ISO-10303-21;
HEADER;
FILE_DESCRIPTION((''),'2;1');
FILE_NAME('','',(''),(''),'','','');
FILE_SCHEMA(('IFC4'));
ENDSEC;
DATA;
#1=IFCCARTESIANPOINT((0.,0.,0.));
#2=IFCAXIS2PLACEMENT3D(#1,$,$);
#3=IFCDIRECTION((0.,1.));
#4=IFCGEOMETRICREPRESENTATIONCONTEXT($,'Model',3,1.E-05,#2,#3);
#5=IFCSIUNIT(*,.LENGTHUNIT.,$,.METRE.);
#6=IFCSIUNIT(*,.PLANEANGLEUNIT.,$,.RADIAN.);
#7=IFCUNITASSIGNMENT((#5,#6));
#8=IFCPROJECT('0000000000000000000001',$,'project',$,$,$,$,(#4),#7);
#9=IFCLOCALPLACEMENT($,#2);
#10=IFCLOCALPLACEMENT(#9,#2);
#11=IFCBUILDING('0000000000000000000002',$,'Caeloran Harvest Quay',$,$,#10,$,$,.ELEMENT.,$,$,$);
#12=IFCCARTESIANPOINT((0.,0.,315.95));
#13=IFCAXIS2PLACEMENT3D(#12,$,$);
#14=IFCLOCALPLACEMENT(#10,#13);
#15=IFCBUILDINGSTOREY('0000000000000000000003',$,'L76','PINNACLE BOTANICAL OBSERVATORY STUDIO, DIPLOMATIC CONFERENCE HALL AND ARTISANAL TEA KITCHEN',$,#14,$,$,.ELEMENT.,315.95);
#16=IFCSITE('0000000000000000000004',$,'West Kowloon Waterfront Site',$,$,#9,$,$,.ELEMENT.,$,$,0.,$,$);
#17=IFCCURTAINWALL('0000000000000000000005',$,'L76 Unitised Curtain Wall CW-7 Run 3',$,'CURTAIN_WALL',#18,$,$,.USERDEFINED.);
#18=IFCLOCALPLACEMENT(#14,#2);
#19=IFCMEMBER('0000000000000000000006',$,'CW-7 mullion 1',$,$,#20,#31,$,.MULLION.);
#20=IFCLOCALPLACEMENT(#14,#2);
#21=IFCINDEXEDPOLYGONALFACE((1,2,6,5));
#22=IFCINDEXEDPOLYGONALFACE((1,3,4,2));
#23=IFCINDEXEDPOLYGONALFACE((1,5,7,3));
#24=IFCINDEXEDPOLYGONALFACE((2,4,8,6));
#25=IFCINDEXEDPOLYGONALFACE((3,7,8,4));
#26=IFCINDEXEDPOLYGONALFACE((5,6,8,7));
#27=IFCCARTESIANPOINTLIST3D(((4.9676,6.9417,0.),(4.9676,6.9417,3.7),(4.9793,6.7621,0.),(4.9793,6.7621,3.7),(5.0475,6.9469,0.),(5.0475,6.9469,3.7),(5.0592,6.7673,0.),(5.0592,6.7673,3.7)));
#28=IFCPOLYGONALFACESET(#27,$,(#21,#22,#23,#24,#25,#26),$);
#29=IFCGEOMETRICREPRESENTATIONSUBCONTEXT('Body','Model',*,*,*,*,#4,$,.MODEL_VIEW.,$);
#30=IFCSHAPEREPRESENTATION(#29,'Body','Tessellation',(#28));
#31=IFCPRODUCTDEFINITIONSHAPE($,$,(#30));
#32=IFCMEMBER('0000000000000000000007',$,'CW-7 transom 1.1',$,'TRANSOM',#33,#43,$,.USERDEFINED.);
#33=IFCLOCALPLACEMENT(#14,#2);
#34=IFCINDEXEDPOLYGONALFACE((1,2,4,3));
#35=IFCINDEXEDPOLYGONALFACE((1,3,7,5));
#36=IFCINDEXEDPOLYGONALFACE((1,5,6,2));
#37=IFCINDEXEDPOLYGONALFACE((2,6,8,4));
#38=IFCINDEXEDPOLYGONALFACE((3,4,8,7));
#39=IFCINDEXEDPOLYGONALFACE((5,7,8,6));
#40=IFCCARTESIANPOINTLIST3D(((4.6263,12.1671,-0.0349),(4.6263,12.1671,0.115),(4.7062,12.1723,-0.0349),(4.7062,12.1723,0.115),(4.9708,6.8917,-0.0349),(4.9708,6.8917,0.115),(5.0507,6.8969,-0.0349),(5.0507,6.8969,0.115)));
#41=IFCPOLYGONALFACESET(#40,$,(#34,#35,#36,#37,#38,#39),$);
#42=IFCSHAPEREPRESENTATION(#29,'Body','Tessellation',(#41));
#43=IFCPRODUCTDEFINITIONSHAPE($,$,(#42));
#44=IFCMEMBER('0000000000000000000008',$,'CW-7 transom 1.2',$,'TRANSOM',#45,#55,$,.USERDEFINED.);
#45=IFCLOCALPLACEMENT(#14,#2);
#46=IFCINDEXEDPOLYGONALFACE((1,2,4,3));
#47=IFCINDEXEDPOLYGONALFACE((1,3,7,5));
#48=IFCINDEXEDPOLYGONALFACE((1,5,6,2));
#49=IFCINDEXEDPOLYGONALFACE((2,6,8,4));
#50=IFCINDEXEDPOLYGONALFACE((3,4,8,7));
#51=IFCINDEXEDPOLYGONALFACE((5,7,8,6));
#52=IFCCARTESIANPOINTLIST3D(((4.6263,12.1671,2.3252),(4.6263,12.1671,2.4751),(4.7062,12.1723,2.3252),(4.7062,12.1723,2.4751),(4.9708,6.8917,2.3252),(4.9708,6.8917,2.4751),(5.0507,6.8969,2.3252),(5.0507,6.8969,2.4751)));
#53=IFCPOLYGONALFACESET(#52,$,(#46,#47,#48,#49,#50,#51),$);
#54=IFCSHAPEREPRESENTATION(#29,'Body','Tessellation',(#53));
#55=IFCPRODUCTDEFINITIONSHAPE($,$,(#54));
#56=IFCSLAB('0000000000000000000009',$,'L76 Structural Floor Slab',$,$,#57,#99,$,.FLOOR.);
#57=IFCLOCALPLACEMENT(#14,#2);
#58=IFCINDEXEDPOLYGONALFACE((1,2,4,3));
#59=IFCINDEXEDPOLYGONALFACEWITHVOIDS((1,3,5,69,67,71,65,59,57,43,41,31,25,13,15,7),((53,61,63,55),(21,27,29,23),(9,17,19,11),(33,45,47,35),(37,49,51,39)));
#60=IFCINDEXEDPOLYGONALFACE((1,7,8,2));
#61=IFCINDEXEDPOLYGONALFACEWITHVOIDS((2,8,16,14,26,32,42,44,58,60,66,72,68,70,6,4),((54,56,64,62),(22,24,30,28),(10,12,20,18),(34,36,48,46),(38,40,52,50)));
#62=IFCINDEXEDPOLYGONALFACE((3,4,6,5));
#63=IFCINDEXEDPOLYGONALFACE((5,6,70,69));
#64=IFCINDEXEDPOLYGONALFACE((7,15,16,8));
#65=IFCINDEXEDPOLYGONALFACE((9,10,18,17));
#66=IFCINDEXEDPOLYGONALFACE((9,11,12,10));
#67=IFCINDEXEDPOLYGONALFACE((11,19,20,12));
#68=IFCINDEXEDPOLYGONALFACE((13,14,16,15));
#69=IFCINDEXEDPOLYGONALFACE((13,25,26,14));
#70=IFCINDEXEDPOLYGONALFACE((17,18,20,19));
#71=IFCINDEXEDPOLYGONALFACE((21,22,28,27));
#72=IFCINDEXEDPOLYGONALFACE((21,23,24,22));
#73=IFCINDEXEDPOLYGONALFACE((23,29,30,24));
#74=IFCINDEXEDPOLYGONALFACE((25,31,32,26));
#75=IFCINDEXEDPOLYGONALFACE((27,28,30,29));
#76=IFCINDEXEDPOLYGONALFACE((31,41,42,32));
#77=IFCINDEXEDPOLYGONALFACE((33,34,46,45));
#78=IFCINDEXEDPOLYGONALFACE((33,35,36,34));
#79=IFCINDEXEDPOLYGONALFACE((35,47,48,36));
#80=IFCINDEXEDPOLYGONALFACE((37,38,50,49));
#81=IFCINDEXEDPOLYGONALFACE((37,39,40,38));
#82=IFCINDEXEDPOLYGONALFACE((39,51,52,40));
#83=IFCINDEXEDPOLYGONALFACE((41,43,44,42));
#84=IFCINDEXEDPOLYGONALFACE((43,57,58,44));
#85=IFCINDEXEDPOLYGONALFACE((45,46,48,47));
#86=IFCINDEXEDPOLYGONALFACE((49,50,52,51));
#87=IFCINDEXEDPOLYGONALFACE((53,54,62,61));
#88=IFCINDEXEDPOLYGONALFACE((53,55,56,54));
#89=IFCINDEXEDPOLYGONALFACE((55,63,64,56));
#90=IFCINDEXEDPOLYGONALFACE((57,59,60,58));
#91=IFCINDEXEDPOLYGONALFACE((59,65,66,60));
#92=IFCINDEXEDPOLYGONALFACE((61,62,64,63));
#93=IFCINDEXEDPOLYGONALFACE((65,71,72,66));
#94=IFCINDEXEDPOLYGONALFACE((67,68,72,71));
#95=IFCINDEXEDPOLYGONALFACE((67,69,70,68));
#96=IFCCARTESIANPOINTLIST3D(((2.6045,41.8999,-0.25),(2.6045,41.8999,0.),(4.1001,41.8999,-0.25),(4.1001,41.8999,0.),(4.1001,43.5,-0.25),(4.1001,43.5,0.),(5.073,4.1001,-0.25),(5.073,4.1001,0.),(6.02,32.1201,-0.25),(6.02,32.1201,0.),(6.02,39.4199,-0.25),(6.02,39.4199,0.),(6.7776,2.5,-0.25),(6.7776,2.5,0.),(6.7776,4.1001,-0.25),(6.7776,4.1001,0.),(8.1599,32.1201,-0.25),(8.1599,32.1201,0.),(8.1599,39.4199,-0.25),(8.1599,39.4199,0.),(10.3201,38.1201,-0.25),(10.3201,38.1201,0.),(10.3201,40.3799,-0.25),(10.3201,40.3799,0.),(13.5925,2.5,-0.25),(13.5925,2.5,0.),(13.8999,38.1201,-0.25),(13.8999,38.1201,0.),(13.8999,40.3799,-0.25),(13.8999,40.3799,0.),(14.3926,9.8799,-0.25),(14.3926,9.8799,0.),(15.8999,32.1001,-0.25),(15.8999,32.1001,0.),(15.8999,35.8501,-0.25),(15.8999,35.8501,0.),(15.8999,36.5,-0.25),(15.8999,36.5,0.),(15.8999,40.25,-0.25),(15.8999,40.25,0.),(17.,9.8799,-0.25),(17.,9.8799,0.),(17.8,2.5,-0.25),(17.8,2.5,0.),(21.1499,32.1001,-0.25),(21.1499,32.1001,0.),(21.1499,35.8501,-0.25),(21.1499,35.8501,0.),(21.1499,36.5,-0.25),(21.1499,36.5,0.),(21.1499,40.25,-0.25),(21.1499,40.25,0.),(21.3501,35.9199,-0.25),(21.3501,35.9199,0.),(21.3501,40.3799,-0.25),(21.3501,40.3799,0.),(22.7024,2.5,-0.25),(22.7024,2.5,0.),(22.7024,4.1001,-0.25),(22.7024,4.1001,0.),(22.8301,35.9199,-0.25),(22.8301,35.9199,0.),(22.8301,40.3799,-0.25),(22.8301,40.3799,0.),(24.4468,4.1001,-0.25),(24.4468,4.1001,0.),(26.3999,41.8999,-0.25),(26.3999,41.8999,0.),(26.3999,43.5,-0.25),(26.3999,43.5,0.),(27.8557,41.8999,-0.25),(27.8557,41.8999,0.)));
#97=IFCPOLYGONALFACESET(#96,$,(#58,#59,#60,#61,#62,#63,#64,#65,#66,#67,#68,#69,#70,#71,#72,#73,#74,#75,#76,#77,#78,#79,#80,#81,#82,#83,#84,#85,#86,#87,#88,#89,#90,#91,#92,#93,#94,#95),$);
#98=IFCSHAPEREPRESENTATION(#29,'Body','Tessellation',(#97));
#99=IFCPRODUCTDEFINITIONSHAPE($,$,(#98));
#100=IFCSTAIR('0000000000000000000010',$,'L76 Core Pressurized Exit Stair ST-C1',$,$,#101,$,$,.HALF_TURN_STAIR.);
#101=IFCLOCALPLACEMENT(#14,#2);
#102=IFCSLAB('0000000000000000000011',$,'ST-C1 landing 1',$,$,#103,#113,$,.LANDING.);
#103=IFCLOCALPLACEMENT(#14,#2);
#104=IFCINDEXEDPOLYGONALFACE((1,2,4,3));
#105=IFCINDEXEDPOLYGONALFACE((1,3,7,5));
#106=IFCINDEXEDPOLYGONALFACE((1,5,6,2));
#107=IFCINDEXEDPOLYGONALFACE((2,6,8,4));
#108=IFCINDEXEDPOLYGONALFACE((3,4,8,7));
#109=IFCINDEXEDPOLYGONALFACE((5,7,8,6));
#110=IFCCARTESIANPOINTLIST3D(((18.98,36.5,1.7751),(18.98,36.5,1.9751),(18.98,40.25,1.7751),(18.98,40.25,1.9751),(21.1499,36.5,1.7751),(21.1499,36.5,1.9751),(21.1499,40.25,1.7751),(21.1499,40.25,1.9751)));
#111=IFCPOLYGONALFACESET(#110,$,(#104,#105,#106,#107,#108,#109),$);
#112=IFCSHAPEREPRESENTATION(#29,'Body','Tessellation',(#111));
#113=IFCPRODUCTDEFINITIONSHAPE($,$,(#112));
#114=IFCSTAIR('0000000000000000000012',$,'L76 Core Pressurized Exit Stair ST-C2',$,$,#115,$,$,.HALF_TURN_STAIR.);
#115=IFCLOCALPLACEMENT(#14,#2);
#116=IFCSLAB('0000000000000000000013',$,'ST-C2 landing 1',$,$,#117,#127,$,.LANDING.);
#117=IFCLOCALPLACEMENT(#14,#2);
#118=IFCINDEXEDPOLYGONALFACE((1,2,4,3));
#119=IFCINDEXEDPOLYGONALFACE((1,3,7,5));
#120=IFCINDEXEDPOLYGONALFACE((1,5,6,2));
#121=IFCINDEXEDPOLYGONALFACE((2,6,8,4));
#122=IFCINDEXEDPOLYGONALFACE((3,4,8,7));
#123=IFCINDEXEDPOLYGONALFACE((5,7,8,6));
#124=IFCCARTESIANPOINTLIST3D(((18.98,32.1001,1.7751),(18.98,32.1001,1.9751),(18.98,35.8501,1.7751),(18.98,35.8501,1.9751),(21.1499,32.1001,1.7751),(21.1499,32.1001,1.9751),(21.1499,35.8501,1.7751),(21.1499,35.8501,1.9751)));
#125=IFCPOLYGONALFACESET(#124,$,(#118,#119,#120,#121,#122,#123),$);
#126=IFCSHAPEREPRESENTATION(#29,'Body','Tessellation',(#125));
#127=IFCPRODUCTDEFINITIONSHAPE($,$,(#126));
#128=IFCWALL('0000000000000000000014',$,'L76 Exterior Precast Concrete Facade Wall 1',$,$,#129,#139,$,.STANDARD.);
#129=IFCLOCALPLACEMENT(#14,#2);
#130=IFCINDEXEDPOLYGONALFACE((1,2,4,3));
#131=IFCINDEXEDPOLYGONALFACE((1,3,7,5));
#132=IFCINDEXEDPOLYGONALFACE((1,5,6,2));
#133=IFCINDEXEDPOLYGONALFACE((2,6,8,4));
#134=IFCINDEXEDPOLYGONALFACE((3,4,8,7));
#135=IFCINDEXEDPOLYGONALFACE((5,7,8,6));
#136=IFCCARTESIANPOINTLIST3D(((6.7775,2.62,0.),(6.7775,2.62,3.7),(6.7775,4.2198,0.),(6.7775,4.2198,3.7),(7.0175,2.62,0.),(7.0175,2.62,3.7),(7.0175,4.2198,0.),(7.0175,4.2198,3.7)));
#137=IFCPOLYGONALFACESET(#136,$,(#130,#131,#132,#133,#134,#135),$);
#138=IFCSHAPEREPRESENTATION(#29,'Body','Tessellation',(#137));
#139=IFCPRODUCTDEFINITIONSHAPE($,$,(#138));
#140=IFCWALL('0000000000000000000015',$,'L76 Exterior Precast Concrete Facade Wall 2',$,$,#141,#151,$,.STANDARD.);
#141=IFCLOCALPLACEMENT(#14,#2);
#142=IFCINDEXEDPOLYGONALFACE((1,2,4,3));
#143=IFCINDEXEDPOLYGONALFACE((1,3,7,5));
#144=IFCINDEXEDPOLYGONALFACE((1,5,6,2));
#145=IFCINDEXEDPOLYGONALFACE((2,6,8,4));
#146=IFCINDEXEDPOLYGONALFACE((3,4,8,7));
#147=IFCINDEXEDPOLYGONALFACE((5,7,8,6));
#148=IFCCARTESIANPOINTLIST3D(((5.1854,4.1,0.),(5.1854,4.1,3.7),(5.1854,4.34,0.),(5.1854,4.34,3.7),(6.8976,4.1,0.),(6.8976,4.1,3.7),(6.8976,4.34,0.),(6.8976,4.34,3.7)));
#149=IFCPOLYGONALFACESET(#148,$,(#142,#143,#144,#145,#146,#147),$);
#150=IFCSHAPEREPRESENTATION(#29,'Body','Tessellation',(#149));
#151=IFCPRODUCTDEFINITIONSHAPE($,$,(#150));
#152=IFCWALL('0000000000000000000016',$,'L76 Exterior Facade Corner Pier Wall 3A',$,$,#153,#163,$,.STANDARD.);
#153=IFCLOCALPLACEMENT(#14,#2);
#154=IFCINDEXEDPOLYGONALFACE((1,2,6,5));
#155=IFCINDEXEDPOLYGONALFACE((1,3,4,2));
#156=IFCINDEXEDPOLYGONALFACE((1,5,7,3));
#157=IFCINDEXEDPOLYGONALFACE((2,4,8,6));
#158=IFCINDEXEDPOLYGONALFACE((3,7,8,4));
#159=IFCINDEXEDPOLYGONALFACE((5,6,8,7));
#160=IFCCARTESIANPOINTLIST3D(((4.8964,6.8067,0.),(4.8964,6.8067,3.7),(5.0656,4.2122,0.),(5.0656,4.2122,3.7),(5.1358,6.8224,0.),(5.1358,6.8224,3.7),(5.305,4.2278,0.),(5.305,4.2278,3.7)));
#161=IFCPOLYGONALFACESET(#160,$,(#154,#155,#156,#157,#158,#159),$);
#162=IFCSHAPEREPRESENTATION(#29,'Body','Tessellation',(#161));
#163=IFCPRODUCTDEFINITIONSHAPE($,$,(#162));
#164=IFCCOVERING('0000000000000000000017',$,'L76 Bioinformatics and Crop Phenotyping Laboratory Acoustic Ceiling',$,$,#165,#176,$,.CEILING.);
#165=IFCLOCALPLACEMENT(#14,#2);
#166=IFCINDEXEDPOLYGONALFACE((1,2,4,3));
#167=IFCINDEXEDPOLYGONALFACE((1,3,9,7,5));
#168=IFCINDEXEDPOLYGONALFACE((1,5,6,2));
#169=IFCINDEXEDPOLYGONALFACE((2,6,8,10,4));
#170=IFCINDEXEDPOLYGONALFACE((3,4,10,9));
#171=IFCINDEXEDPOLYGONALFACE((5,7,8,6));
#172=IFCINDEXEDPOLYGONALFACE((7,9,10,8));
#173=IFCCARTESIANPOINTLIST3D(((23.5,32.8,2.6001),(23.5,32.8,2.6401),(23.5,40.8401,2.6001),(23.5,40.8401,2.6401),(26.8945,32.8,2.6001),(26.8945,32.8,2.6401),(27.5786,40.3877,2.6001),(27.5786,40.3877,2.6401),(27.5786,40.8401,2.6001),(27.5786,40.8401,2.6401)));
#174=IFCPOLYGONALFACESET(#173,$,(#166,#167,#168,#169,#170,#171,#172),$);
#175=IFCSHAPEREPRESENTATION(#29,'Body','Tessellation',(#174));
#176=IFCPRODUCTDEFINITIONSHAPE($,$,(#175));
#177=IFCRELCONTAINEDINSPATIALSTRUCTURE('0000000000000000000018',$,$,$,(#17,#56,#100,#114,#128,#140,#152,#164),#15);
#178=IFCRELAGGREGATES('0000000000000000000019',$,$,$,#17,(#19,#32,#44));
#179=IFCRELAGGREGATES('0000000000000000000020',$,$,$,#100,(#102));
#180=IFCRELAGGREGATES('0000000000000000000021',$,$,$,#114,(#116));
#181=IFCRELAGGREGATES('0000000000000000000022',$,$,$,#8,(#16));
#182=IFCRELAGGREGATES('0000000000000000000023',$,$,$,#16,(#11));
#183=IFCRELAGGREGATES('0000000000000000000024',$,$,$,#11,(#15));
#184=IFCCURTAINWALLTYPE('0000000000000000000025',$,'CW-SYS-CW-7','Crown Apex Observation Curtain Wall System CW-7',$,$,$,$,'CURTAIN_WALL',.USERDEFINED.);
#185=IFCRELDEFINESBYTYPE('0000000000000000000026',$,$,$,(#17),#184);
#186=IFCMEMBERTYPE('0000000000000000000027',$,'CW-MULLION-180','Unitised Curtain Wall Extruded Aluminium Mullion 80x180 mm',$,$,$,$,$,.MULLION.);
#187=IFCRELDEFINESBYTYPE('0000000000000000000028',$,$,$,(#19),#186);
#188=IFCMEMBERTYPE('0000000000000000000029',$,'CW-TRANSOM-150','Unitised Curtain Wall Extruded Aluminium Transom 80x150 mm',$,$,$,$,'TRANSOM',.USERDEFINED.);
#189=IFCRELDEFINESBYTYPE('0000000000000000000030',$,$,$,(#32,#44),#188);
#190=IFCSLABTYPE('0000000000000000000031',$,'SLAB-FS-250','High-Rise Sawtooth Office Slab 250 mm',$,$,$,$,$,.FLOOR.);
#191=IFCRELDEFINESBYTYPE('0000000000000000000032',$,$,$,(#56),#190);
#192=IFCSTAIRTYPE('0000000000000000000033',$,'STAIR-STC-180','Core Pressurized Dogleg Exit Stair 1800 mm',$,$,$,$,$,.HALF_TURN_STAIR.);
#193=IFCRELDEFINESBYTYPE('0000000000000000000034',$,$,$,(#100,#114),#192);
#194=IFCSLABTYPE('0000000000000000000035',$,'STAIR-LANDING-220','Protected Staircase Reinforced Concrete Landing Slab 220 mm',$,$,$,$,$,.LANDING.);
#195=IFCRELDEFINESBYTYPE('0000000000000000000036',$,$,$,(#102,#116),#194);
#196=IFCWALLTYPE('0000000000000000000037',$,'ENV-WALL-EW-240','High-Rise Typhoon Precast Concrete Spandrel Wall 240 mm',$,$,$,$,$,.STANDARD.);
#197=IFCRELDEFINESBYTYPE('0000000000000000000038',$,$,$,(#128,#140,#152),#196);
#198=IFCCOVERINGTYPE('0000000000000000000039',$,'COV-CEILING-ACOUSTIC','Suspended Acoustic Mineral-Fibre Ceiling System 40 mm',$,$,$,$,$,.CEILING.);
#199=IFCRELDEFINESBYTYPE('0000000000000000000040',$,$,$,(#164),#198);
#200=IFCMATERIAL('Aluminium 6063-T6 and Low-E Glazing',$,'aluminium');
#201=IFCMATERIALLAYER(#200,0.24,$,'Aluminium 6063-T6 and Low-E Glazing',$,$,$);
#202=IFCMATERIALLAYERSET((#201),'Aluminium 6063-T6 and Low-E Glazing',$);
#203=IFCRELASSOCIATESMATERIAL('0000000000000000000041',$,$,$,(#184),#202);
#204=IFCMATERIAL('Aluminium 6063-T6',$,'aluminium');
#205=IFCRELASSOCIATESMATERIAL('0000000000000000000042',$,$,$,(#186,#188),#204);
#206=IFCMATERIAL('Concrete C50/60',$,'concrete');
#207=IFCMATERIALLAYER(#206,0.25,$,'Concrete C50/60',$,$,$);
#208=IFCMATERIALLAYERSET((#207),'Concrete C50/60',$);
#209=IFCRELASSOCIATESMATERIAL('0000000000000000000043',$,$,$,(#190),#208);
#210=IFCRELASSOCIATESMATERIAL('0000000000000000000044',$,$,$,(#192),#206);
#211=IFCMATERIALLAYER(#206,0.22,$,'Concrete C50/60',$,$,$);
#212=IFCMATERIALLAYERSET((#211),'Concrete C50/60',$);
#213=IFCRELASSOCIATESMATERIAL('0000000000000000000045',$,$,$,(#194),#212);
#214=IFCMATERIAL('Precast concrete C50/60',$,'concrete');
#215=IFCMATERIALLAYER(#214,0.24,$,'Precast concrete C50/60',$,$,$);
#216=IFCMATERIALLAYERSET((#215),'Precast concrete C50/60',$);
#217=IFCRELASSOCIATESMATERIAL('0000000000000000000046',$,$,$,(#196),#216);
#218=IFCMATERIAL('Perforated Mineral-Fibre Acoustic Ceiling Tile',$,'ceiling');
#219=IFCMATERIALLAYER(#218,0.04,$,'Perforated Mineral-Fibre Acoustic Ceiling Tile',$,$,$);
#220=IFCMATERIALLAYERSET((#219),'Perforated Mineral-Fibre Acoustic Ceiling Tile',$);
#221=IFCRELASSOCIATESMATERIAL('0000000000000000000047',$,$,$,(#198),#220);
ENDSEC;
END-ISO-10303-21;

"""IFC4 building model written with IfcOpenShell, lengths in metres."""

from ifc_helpers import new_model, si_unit, direction, frame, frame_2d, origin, origin_2d, place, context, subcontext, project, spatial, polyline, rectangle, outline, extrude, material, layer, layer_set, material_profile, profile_set, type_object, element, aggregate, save


model = new_model("IFC4")

# Units and contexts
model_context = context("Model", 3, precision=1e-05, world=origin(), true_north=direction((0.0, 1.0)))
body_context = subcontext(model_context, "Body", "Model", "MODEL_VIEW")
ifc_project = project(units=[si_unit("LENGTHUNIT", "METRE"), si_unit("PLANEANGLEUNIT", "RADIAN")], contexts=[model_context])

# Site, building, storey
site_placement = place(None, origin())
site = spatial("IfcSite", under=ifc_project, at=site_placement, Name="West Kowloon Waterfront Site", CompositionType="ELEMENT", RefElevation=0.0)
building_placement = place(site_placement, origin())
building = spatial("IfcBuilding", under=site, at=building_placement, Name="Caeloran Harvest Quay", CompositionType="ELEMENT")
storey_placement = place(building_placement, frame((0.0, 0.0, 315.95)))
storey = spatial("IfcBuildingStorey", under=building, at=storey_placement, Name="L76", Description="PINNACLE BOTANICAL OBSERVATORY STUDIO, DIPLOMATIC CONFERENCE HALL AND ARTISANAL TEA KITCHEN", CompositionType="ELEMENT", Elevation=315.95)

# Curtain wall, members
ifc_material_1 = material(Name="Aluminium 6063-T6 and Low-E Glazing", Category="aluminium")
ifc_layer_1 = layer(ifc_material_1, 0.24, Name="Aluminium 6063-T6 and Low-E Glazing")
ifc_layer_set_1 = layer_set([ifc_layer_1], Name="Aluminium 6063-T6 and Low-E Glazing")
curtain_wall_type = type_object("IfcCurtainWallType", Name="CW-SYS-CW-7", Description="Crown Apex Observation Curtain Wall System CW-7", ElementType="CURTAIN_WALL", PredefinedType="USERDEFINED", material=ifc_layer_set_1)
curtain_wall_placement = place(storey_placement, origin())
curtain_wall = element("IfcCurtainWall", 1, at=curtain_wall_placement, inside=storey, type_object=curtain_wall_type, Name="L76 Unitised Curtain Wall CW-7 Run 3", ObjectType="CURTAIN_WALL", PredefinedType="USERDEFINED")
ifc_material_2 = material(Name="Aluminium 6063-T6", Category="aluminium")
ifc_material_profile_1 = material_profile(ifc_material_2, rectangle(XDim=0.0801, YDim=0.1799, at=origin_2d()), Name="CW-MULLION-180")
ifc_profile_set_1 = profile_set([ifc_material_profile_1], Name="Aluminium 6063-T6")
member_type_1 = type_object("IfcMemberType", Name="CW-MULLION-180", Description="Unitised Curtain Wall Extruded Aluminium Mullion 80x180 mm", PredefinedType="MULLION", material=ifc_profile_set_1)
member_1_placement = place(storey_placement, frame((5.0134, 6.8545, 0.0), z_axis=(0.0, 0.0, 1.0), x_axis=(-0.997874, -0.065167, 0.0)))
member_1 = element("IfcMember", 2, at=member_1_placement, type_object=member_type_1, Name="CW-7 mullion 1", PredefinedType="MULLION", context=body_context, shape_type="SweptSolid", body=[
    extrude(rectangle(XDim=0.0801, YDim=0.1799, at=origin_2d()), origin(), (0.0, 0.0, 1.0), 3.7),
])
ifc_material_profile_2 = material_profile(ifc_material_2, rectangle(XDim=0.0801, YDim=0.1499, at=origin_2d()), Name="CW-TRANSOM-150")
ifc_profile_set_2 = profile_set([ifc_material_profile_2], Name="Aluminium 6063-T6")
member_type_2 = type_object("IfcMemberType", Name="CW-TRANSOM-150", Description="Unitised Curtain Wall Extruded Aluminium Transom 80x150 mm", ElementType="TRANSOM", PredefinedType="USERDEFINED", material=ifc_profile_set_2)
member_2_placement = place(storey_placement, frame((5.0107, 6.8943, 0.04), z_axis=(-0.065161, 0.997875, 0.0), x_axis=(-0.997875, -0.065161, 0.0)))
member_2 = element("IfcMember", 3, at=member_2_placement, type_object=member_type_2, Name="CW-7 transom 1.1", ObjectType="TRANSOM", PredefinedType="USERDEFINED", context=body_context, shape_type="SweptSolid", body=[
    extrude(rectangle(XDim=0.0801, YDim=0.1499, at=origin_2d()), origin(), (0.0, 0.0, 1.0), 5.2866),
])
member_3_placement = place(storey_placement, frame((5.0107, 6.8943, 2.4001), z_axis=(-0.065161, 0.997875, 0.0), x_axis=(-0.997875, -0.065161, 0.0)))
member_3 = element("IfcMember", 4, at=member_3_placement, type_object=member_type_2, Name="CW-7 transom 1.2", ObjectType="TRANSOM", PredefinedType="USERDEFINED", context=body_context, shape_type="SweptSolid", body=[
    extrude(rectangle(XDim=0.0801, YDim=0.1499, at=origin_2d()), origin(), (0.0, 0.0, 1.0), 5.2866),
])
aggregate(curtain_wall, [member_1, member_2, member_3])

# Slab
ifc_material_3 = material(Name="Concrete C50/60", Category="concrete")
ifc_layer_2 = layer(ifc_material_3, 0.25, Name="Concrete C50/60")
ifc_layer_set_2 = layer_set([ifc_layer_2], Name="Concrete C50/60")
slab_type_1 = type_object("IfcSlabType", Name="SLAB-FS-250", Description="High-Rise Sawtooth Office Slab 250 mm", PredefinedType="FLOOR", material=ifc_layer_set_2)
slab_1_placement = place(storey_placement, frame((0.0, 0.0, -0.25)))
element("IfcSlab", 5, at=slab_1_placement, inside=storey, type_object=slab_type_1, Name="L76 Structural Floor Slab", PredefinedType="FLOOR", context=body_context, shape_type="SweptSolid", body=[
    extrude(outline(polyline([(6.7776, 2.5), (13.5925, 2.5), (14.3926, 9.8799), (17.0, 9.8799), (17.8, 2.5), (22.7024, 2.5), (22.7024, 4.1001), (24.4468, 4.1001), (27.8557, 41.8999), (26.3999, 41.8999), (26.3999, 43.5), (4.1001, 43.5), (4.1001, 41.8999), (2.6045, 41.8999), (5.073, 4.1001), (6.7776, 4.1001), (6.7776, 2.5)]), holes=[polyline([(21.1499, 32.1001), (15.8999, 32.1001), (15.8999, 35.8501), (21.1499, 35.8501), (21.1499, 32.1001)]), polyline([(8.1599, 39.4199), (8.1599, 32.1201), (6.02, 32.1201), (6.02, 39.4199), (8.1599, 39.4199)]), polyline([(22.8301, 40.3799), (22.8301, 35.9199), (21.3501, 35.9199), (21.3501, 40.3799), (22.8301, 40.3799)]), polyline([(15.8999, 36.5), (15.8999, 40.25), (21.1499, 40.25), (21.1499, 36.5), (15.8999, 36.5)]), polyline([(13.8999, 38.1201), (10.3201, 38.1201), (10.3201, 40.3799), (13.8999, 40.3799), (13.8999, 38.1201)])]), origin(), (0.0, 0.0, 1.0), 0.25),
])

# Stairs, slabs
stair_type = type_object("IfcStairType", Name="STAIR-STC-180", Description="Core Pressurized Dogleg Exit Stair 1800 mm", PredefinedType="HALF_TURN_STAIR", material=ifc_material_3)
stair_1_placement = place(storey_placement, origin())
stair_1 = element("IfcStair", 6, at=stair_1_placement, inside=storey, type_object=stair_type, Name="L76 Core Pressurized Exit Stair ST-C1", PredefinedType="HALF_TURN_STAIR")
ifc_layer_3 = layer(ifc_material_3, 0.22, Name="Concrete C50/60")
ifc_layer_set_3 = layer_set([ifc_layer_3], Name="Concrete C50/60")
slab_type_2 = type_object("IfcSlabType", Name="STAIR-LANDING-220", Description="Protected Staircase Reinforced Concrete Landing Slab 220 mm", PredefinedType="LANDING", material=ifc_layer_set_3)
slab_2_placement = place(storey_placement, frame((0.0, 0.0, 1.7751)))
slab_2 = element("IfcSlab", 7, at=slab_2_placement, type_object=slab_type_2, Name="ST-C1 landing 1", PredefinedType="LANDING", context=body_context, shape_type="SweptSolid", body=[
    extrude(outline(polyline([(18.98, 36.5), (21.1499, 36.5), (21.1499, 40.25), (18.98, 40.25), (18.98, 36.5)])), origin(), (0.0, 0.0, 1.0), 0.2),
])
aggregate(stair_1, [slab_2])
stair_2_placement = place(storey_placement, origin())
stair_2 = element("IfcStair", 8, at=stair_2_placement, inside=storey, type_object=stair_type, Name="L76 Core Pressurized Exit Stair ST-C2", PredefinedType="HALF_TURN_STAIR")
slab_3_placement = place(storey_placement, frame((0.0, 0.0, 1.7751)))
slab_3 = element("IfcSlab", 9, at=slab_3_placement, type_object=slab_type_2, Name="ST-C2 landing 1", PredefinedType="LANDING", context=body_context, shape_type="SweptSolid", body=[
    extrude(outline(polyline([(18.98, 32.1001), (21.1499, 32.1001), (21.1499, 35.8501), (18.98, 35.8501), (18.98, 32.1001)])), origin(), (0.0, 0.0, 1.0), 0.2),
])
aggregate(stair_2, [slab_3])

# Walls
ifc_material_4 = material(Name="Precast concrete C50/60", Category="concrete")
ifc_layer_4 = layer(ifc_material_4, 0.24, Name="Precast concrete C50/60")
ifc_layer_set_4 = layer_set([ifc_layer_4], Name="Precast concrete C50/60")
wall_type = type_object("IfcWallType", Name="ENV-WALL-EW-240", Description="High-Rise Typhoon Precast Concrete Spandrel Wall 240 mm", PredefinedType="STANDARD", material=ifc_layer_set_4)
wall_1_placement = place(storey_placement, frame((6.8975, 2.6201, 0.0), z_axis=(0.0, 0.0, 1.0), x_axis=(0.0, 1.0, 0.0)))
element("IfcWall", 10, at=wall_1_placement, inside=storey, type_object=wall_type, Name="L76 Exterior Precast Concrete Facade Wall 1", PredefinedType="STANDARD", context=body_context, shape_type="SweptSolid", body=[
    extrude(rectangle(XDim=1.5999, YDim=0.24, at=frame_2d((0.7998, 0.0))), origin(), (0.0, 0.0, 1.0), 3.7),
])
wall_2_placement = place(storey_placement, frame((6.8975, 4.22, 0.0), z_axis=(0.0, 0.0, 1.0), x_axis=(-1.0, 0.0, 0.0)))
element("IfcWall", 11, at=wall_2_placement, inside=storey, type_object=wall_type, Name="L76 Exterior Precast Concrete Facade Wall 2", PredefinedType="STANDARD", context=body_context, shape_type="SweptSolid", body=[
    extrude(rectangle(XDim=1.7122, YDim=0.24, at=frame_2d((0.856, 0.0))), origin(), (0.0, 0.0, 1.0), 3.7),
])
wall_3_placement = place(storey_placement, frame((5.1853, 4.22, 0.0), z_axis=(0.0, 0.0, 1.0), x_axis=(-0.065073, 0.997881, 0.0)))
element("IfcWall", 12, at=wall_3_placement, inside=storey, type_object=wall_type, Name="L76 Exterior Facade Corner Pier Wall 3A", PredefinedType="STANDARD", context=body_context, shape_type="SweptSolid", body=[
    extrude(rectangle(XDim=2.6001, YDim=0.24, at=frame_2d((1.3, 0.0))), origin(), (0.0, 0.0, 1.0), 3.7),
])

# Covering
ifc_material_5 = material(Name="Perforated Mineral-Fibre Acoustic Ceiling Tile", Category="ceiling")
ifc_layer_5 = layer(ifc_material_5, 0.04, Name="Perforated Mineral-Fibre Acoustic Ceiling Tile")
ifc_layer_set_5 = layer_set([ifc_layer_5], Name="Perforated Mineral-Fibre Acoustic Ceiling Tile")
covering_type_1 = type_object("IfcCoveringType", Name="COV-CEILING-ACOUSTIC", Description="Suspended Acoustic Mineral-Fibre Ceiling System 40 mm", PredefinedType="CEILING", material=ifc_layer_set_5)
covering_1_placement = place(storey_placement, frame((0.0, 0.0, 2.6001)))
element("IfcCovering", 13, at=covering_1_placement, inside=storey, type_object=covering_type_1, Name="L76 Bioinformatics and Crop Phenotyping Laboratory Acoustic Ceiling", PredefinedType="CEILING", context=body_context, shape_type="SweptSolid", body=[
    extrude(outline(polyline([(27.5786, 40.3877), (26.8945, 32.8), (23.5, 32.8), (23.5, 40.8401), (27.5786, 40.8401), (27.5786, 40.3877)])), origin(), (0.0, 0.0, 1.0), 0.04),
])

save(model, "model.ifc")
